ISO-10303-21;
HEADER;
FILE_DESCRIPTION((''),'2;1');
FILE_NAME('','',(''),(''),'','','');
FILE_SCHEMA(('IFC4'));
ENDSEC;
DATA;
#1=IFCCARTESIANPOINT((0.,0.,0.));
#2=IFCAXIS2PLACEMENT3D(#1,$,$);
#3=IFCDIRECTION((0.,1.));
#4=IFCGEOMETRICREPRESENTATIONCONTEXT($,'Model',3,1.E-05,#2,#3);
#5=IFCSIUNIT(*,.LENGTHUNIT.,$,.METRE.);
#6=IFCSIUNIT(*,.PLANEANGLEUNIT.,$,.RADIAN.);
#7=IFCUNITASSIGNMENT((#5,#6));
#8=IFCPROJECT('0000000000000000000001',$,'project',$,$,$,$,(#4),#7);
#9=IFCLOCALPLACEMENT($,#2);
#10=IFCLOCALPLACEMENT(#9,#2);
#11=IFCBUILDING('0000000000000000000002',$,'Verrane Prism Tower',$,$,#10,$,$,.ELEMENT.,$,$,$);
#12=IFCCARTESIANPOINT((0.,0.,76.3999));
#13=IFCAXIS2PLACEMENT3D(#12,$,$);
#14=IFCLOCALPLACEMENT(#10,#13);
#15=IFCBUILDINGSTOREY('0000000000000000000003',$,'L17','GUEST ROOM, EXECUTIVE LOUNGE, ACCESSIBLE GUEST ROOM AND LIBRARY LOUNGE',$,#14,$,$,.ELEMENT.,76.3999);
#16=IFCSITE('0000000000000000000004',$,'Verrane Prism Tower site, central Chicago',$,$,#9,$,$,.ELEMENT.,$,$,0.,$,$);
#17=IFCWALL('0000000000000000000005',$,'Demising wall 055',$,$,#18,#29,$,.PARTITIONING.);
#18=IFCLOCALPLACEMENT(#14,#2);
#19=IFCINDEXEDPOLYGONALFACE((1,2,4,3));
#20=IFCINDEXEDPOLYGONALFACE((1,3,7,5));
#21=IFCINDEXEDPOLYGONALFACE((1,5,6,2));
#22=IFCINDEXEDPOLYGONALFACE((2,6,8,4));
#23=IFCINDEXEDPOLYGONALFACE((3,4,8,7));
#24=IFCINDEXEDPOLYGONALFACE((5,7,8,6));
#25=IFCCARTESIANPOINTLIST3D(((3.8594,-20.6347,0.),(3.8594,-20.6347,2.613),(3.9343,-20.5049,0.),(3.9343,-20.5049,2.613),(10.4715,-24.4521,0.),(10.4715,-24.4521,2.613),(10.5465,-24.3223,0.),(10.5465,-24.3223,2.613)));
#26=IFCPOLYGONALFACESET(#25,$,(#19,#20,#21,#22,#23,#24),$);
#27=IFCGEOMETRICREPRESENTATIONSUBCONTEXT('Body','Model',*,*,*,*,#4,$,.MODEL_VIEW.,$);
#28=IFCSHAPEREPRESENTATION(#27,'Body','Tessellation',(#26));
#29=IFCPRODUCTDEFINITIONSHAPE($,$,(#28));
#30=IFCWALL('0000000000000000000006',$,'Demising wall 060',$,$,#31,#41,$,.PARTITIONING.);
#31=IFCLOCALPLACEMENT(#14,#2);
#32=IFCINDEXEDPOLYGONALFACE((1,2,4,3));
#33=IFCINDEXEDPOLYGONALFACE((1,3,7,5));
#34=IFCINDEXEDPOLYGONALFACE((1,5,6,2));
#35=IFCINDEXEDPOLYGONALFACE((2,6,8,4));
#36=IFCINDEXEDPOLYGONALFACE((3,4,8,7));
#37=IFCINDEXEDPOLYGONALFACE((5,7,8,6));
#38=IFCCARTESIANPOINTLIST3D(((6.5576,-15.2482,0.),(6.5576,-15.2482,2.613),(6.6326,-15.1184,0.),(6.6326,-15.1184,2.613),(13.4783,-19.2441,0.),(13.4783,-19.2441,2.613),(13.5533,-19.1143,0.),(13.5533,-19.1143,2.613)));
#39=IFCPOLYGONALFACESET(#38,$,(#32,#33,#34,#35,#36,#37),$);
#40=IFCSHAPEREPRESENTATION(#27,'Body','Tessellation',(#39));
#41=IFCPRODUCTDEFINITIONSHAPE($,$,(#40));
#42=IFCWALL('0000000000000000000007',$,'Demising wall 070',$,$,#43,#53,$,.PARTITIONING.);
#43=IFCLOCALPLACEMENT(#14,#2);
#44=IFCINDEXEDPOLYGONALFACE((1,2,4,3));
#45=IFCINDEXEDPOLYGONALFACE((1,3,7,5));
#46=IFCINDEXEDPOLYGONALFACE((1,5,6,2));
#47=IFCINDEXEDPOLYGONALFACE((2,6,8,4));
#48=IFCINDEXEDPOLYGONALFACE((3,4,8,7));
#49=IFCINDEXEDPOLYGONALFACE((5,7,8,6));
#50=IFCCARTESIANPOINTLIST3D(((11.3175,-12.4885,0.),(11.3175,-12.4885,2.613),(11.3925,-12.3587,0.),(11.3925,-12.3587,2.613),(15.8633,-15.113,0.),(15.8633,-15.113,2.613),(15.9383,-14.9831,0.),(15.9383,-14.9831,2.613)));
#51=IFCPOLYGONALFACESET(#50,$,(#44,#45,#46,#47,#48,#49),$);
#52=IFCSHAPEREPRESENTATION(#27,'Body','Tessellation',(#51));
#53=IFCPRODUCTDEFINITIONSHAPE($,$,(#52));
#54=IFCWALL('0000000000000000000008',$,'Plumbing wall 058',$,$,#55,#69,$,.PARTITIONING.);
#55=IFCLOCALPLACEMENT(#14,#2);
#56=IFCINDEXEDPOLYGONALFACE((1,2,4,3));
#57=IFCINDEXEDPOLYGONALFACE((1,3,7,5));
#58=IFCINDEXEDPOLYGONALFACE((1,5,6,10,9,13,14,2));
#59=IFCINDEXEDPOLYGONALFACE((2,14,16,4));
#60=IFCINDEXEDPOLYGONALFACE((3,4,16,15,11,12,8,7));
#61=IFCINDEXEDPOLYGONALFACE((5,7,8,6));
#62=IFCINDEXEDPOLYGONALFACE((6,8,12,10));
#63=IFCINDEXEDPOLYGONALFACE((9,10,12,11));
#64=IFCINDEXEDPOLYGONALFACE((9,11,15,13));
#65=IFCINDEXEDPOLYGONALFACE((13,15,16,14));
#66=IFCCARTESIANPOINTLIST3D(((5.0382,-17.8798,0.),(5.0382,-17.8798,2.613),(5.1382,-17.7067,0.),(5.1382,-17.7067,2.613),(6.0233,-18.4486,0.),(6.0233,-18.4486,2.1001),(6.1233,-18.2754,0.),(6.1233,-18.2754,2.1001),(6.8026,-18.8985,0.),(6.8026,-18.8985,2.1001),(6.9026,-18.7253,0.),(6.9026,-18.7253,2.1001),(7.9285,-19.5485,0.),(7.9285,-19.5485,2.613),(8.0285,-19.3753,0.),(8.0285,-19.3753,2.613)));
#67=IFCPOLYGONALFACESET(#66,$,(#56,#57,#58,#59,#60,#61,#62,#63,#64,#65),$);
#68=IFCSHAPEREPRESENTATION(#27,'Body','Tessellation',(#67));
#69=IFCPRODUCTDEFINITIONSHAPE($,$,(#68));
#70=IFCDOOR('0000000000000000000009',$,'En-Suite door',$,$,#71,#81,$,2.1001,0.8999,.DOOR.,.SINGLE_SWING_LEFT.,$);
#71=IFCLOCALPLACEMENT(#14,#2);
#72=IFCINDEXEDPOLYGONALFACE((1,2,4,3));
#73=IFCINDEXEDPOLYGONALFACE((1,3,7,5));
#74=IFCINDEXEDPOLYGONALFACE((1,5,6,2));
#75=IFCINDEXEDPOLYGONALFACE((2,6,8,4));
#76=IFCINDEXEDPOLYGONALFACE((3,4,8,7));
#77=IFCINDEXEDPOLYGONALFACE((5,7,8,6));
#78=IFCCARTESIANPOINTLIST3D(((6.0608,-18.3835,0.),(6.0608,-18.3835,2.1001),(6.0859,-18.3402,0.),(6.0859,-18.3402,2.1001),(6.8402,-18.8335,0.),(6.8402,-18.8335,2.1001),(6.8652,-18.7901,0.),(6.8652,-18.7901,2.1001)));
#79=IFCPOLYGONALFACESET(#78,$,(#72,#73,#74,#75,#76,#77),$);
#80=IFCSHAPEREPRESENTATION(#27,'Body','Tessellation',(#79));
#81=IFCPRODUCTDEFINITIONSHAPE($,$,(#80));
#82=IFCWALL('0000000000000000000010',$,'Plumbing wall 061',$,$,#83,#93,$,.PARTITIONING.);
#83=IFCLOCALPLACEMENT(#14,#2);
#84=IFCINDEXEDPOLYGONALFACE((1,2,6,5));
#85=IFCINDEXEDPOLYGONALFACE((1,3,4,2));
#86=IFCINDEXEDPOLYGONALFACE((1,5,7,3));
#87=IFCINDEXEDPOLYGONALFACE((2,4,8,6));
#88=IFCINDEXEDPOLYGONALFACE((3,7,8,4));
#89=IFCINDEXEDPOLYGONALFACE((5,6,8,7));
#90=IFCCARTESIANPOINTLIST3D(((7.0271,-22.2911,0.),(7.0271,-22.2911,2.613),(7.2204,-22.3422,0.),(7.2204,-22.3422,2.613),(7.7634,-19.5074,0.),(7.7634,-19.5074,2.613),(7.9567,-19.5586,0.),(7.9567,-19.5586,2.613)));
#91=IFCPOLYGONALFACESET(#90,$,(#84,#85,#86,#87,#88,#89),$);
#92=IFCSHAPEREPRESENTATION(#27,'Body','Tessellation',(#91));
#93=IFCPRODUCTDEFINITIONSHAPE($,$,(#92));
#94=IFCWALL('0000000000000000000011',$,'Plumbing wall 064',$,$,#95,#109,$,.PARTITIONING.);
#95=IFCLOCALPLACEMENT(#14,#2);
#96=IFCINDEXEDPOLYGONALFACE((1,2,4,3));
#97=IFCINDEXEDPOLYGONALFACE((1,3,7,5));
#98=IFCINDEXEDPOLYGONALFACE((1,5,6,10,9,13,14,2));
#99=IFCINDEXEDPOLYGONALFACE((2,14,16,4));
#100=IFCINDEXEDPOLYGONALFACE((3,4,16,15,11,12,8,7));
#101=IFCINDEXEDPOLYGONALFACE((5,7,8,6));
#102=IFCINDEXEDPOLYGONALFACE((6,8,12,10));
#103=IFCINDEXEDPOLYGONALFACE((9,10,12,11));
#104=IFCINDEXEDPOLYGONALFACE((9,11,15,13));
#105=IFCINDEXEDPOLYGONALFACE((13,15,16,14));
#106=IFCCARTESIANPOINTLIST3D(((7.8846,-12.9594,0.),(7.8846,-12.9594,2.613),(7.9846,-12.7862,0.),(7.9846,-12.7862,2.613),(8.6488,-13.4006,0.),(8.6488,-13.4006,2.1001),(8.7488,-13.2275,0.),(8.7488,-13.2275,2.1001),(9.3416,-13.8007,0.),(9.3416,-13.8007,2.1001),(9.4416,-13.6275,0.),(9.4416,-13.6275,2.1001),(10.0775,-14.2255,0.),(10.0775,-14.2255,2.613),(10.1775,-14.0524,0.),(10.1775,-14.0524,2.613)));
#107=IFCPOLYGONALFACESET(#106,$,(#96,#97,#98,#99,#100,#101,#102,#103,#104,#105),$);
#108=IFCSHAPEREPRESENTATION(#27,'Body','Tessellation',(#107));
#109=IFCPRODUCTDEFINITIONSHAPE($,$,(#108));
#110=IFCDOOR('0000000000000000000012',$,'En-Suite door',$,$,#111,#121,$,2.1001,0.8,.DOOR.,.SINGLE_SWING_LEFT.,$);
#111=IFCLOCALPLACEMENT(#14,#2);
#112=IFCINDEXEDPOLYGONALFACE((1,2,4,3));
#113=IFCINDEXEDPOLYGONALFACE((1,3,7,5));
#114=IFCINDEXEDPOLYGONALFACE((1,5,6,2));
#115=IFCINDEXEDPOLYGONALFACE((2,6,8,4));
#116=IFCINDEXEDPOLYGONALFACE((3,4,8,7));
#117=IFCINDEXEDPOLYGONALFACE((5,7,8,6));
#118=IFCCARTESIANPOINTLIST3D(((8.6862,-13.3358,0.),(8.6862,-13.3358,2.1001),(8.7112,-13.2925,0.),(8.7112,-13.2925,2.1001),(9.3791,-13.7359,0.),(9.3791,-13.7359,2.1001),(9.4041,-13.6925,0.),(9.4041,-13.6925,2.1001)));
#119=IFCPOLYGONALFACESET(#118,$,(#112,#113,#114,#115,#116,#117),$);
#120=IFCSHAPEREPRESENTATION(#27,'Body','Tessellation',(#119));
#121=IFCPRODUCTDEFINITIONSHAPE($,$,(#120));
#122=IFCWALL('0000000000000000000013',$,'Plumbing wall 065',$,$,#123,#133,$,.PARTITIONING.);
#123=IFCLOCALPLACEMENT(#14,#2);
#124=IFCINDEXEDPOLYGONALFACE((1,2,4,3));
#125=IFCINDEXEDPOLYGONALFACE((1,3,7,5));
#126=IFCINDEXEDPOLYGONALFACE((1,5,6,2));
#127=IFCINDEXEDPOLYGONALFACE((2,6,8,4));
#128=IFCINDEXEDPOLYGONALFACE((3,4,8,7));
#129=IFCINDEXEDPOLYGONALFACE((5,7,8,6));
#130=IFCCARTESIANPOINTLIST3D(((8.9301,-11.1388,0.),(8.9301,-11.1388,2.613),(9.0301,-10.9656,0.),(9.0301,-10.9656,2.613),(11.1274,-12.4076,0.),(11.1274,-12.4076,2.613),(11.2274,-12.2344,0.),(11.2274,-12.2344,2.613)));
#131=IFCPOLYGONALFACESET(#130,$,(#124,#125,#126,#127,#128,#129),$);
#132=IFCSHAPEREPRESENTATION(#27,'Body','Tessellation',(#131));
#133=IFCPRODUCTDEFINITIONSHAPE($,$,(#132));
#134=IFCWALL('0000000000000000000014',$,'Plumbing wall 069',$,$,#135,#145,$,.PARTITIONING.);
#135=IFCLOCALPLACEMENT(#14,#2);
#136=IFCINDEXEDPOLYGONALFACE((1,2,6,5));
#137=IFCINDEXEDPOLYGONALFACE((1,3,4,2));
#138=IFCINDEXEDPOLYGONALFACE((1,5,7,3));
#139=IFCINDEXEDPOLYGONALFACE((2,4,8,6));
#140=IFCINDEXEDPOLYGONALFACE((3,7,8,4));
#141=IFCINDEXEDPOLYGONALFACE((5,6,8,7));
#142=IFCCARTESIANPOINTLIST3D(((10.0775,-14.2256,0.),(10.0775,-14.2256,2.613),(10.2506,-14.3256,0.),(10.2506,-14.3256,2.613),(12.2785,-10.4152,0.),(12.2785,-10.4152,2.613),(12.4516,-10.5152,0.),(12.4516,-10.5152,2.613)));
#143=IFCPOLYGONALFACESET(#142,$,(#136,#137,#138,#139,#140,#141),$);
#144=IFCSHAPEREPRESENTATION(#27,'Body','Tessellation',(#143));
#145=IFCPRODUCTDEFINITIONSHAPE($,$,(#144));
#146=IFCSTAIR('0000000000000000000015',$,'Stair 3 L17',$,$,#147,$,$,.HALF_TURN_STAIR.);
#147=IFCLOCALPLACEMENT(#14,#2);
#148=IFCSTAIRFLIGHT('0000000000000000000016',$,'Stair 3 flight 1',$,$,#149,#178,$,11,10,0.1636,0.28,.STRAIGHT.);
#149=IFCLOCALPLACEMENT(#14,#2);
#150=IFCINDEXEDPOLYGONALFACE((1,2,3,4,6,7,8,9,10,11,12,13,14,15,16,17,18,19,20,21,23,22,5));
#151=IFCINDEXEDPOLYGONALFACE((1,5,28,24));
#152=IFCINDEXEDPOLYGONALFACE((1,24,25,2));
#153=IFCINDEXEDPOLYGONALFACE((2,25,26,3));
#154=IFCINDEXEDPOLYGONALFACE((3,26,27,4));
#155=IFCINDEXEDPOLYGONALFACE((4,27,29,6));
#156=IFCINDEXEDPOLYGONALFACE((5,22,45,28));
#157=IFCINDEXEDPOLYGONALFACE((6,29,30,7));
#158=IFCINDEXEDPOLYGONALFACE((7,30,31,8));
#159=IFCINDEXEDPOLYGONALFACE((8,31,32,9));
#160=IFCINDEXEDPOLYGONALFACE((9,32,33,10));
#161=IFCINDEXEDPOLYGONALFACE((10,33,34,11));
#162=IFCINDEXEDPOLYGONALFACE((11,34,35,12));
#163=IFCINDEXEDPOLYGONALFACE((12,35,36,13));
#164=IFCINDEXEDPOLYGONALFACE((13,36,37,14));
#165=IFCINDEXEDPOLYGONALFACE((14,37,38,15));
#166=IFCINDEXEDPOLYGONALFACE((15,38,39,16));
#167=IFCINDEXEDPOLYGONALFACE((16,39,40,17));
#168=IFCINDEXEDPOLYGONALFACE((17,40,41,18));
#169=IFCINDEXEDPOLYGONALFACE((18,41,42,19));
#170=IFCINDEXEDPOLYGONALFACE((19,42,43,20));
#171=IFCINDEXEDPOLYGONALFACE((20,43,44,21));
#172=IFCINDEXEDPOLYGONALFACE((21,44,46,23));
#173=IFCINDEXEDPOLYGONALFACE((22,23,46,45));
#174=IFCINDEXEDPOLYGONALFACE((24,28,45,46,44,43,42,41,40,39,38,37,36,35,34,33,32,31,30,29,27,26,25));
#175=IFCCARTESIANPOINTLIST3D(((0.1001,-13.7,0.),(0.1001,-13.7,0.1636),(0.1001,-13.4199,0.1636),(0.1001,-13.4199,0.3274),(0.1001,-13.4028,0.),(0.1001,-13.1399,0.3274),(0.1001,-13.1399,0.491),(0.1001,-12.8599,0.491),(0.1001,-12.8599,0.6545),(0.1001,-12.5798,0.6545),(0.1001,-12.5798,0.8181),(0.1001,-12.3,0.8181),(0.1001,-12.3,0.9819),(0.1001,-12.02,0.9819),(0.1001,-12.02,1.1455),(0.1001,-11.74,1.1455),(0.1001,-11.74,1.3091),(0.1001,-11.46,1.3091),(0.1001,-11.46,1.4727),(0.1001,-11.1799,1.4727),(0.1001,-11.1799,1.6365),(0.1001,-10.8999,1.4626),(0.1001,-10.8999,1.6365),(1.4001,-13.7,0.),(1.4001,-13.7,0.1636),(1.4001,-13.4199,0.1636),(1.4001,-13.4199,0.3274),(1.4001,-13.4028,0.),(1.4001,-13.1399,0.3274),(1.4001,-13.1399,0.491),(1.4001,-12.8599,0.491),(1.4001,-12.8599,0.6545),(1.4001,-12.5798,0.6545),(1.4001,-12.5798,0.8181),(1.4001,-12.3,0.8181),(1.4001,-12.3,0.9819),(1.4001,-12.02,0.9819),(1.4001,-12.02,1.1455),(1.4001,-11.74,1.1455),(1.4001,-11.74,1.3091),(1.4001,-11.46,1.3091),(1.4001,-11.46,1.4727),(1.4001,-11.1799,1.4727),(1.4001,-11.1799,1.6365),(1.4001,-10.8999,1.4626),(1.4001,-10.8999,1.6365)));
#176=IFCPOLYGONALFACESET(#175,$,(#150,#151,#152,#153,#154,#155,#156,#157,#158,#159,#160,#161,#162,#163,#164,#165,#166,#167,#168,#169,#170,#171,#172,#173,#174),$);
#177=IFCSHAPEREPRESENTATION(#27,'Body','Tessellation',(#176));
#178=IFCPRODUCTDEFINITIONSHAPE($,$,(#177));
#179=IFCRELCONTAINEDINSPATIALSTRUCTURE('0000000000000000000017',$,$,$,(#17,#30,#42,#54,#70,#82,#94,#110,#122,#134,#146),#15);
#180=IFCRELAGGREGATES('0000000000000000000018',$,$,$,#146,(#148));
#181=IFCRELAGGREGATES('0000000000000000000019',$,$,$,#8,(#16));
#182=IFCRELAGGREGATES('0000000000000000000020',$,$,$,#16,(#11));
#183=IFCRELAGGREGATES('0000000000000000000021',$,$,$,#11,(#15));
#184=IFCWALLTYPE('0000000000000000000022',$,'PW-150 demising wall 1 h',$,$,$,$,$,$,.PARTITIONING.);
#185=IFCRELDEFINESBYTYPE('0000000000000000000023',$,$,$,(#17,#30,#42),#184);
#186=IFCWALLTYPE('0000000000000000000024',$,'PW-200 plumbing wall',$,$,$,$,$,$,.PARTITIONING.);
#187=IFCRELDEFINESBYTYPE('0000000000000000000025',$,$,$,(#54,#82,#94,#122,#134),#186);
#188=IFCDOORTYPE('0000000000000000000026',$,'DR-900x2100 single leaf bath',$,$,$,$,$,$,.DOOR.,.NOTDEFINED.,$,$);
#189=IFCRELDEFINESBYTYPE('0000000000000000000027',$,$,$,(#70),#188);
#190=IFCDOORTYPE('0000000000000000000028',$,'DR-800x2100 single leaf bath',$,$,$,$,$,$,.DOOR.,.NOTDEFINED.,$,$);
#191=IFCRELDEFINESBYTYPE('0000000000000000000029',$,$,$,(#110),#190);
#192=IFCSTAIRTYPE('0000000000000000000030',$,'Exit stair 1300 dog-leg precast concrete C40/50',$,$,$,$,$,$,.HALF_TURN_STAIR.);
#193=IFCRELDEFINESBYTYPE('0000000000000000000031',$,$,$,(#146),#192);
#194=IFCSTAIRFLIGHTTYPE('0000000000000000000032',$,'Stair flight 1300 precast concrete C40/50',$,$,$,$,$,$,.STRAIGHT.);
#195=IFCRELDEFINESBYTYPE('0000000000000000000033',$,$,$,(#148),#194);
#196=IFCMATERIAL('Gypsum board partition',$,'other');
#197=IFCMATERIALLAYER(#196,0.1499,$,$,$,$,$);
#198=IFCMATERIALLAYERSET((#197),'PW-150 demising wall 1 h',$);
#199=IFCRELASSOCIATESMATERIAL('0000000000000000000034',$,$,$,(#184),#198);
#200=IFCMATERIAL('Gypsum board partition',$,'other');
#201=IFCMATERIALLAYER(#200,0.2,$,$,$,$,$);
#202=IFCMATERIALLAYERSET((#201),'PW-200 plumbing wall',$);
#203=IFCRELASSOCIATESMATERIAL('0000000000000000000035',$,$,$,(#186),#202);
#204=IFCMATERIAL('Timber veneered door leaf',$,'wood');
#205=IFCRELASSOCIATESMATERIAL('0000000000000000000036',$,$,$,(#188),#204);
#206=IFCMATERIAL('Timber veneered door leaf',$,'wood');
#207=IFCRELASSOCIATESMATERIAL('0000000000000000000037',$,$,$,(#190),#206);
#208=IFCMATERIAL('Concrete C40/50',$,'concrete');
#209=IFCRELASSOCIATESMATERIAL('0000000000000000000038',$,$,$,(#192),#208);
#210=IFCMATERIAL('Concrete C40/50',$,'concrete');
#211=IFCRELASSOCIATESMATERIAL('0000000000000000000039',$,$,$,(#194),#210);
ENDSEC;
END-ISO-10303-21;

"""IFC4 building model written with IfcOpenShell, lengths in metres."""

from ifc_helpers import new_model, si_unit, direction, frame, frame_2d, origin, place, context, subcontext, project, spatial, polyline, rectangle, outline, extrude, material, layer, layer_set, type_object, element, fill, aggregate, save


model = new_model("IFC4")

# Units and contexts
model_context = context("Model", 3, precision=1e-05, world=origin(), true_north=direction((0.0, 1.0)))
body_context = subcontext(model_context, "Body", "Model", "MODEL_VIEW")
ifc_project = project(units=[si_unit("LENGTHUNIT", "METRE"), si_unit("PLANEANGLEUNIT", "RADIAN")], contexts=[model_context])

# Site, building, storey
site_placement = place(None, origin())
site = spatial("IfcSite", under=ifc_project, at=site_placement, Name="Verrane Prism Tower site, central Chicago", CompositionType="ELEMENT", RefElevation=0.0)
building_placement = place(site_placement, origin())
building = spatial("IfcBuilding", under=site, at=building_placement, Name="Verrane Prism Tower", CompositionType="ELEMENT")
storey_placement = place(building_placement, frame((0.0, 0.0, 76.3999)))
storey = spatial("IfcBuildingStorey", under=building, at=storey_placement, Name="L17", Description="GUEST ROOM, EXECUTIVE LOUNGE, ACCESSIBLE GUEST ROOM AND LIBRARY LOUNGE", CompositionType="ELEMENT", Elevation=76.3999)

# Walls
ifc_material_1 = material(Name="Gypsum board partition", Category="other")
ifc_layer_1 = layer(ifc_material_1, 0.1499)
ifc_layer_set_1 = layer_set([ifc_layer_1], Name="PW-150 demising wall 1 h")
wall_type_1 = type_object("IfcWallType", Name="PW-150 demising wall 1 h", PredefinedType="PARTITIONING", material=ifc_layer_set_1)
wall_1_placement = place(storey_placement, frame((3.897, -20.5698, 0.0), z_axis=(0.0, 0.0, 1.0), x_axis=(0.866031, -0.499991, 0.0)))
element("IfcWall", 1, at=wall_1_placement, inside=storey, type_object=wall_type_1, Name="Demising wall 055", PredefinedType="PARTITIONING", context=body_context, shape_type="SweptSolid", body=[
    extrude(rectangle(XDim=7.635, YDim=0.1499, at=frame_2d((3.8174, 0.0))), origin(), (0.0, 0.0, 1.0), 2.613),
])
wall_2_placement = place(storey_placement, frame((6.5952, -15.1833, 0.0), z_axis=(0.0, 0.0, 1.0), x_axis=(0.866014, -0.50002, 0.0)))
element("IfcWall", 2, at=wall_2_placement, inside=storey, type_object=wall_type_1, Name="Demising wall 060", PredefinedType="PARTITIONING", context=body_context, shape_type="SweptSolid", body=[
    extrude(rectangle(XDim=7.9915, YDim=0.1499, at=frame_2d((3.9956, 0.0))), origin(), (0.0, 0.0, 1.0), 2.613),
])
wall_3_placement = place(storey_placement, frame((11.355, -12.4236, 0.0), z_axis=(0.0, 0.0, 1.0), x_axis=(0.866031, -0.499991, 0.0)))
element("IfcWall", 3, at=wall_3_placement, inside=storey, type_object=wall_type_1, Name="Demising wall 070", PredefinedType="PARTITIONING", context=body_context, shape_type="SweptSolid", body=[
    extrude(rectangle(XDim=5.249, YDim=0.1499, at=frame_2d((2.6245, 0.0))), origin(), (0.0, 0.0, 1.0), 2.613),
])

# Wall, opening, door
ifc_material_2 = material(Name="Gypsum board partition", Category="other")
ifc_layer_2 = layer(ifc_material_2, 0.2)
ifc_layer_set_2 = layer_set([ifc_layer_2], Name="PW-200 plumbing wall")
wall_type_2 = type_object("IfcWallType", Name="PW-200 plumbing wall", PredefinedType="PARTITIONING", material=ifc_layer_set_2)
wall_4_placement = place(storey_placement, frame((7.9785, -19.4619, 0.0), z_axis=(0.0, 0.0, 1.0), x_axis=(-0.866033, 0.499986, 0.0)))
wall_4 = element("IfcWall", 4, at=wall_4_placement, inside=storey, type_object=wall_type_2, Name="Plumbing wall 058", PredefinedType="PARTITIONING", context=body_context, shape_type="SweptSolid", body=[
    extrude(rectangle(XDim=3.3374, YDim=0.2, at=frame_2d((1.6687, 0.0))), origin(), (0.0, 0.0, 1.0), 2.613),
])
opening_1_placement = place(wall_4_placement, frame((1.3, 0.0, 0.0)))
opening_1 = element("IfcOpeningElement", 5, at=opening_1_placement, cuts=wall_4, PredefinedType="OPENING", context=body_context, shape_type="SweptSolid", body=[
    extrude(rectangle(XDim=0.8999, YDim=2.1001, at=frame_2d((0.45, 1.05))), frame((0.0, 0.1099, 0.0), z_axis=(0.0, -1.0, 0.0), x_axis=(1.0, 0.0, 0.0)), (0.0, 0.0, 1.0), 0.22),
])
ifc_material_3 = material(Name="Timber veneered door leaf", Category="wood")
door_type_1 = type_object("IfcDoorType", Name="DR-900x2100 single leaf bath", OperationType="NOTDEFINED", PredefinedType="DOOR", material=ifc_material_3)
door_1_placement = place(opening_1_placement, origin())
door_1 = element("IfcDoor", 6, at=door_1_placement, inside=storey, type_object=door_type_1, Name="En-Suite door", OperationType="SINGLE_SWING_LEFT", OverallHeight=2.1001, OverallWidth=0.8999, PredefinedType="DOOR", context=body_context, shape_type="SweptSolid", body=[
    extrude(rectangle(XDim=0.8999, YDim=2.1001, at=frame_2d((0.45, 1.05))), frame((0.0, 0.0249, 0.0), z_axis=(0.0, -1.0, 0.0), x_axis=(1.0, 0.0, 0.0)), (0.0, 0.0, 1.0), 0.05),
])
fill(opening_1, door_1)

# Wall
wall_5_placement = place(storey_placement, frame((7.1238, -22.3167, 0.0), z_axis=(0.0, 0.0, 1.0), x_axis=(0.25572, 0.966751, 0.0)))
element("IfcWall", 7, at=wall_5_placement, inside=storey, type_object=wall_type_2, Name="Plumbing wall 061", PredefinedType="PARTITIONING", context=body_context, shape_type="SweptSolid", body=[
    extrude(rectangle(XDim=2.8794, YDim=0.2, at=frame_2d((1.4397, 0.0))), origin(), (0.0, 0.0, 1.0), 2.613),
])

# Wall, opening, door
wall_6_placement = place(storey_placement, frame((7.9346, -12.8728, 0.0), z_axis=(0.0, 0.0, 1.0), x_axis=(0.866015, -0.500017, 0.0)))
wall_6 = element("IfcWall", 8, at=wall_6_placement, inside=storey, type_object=wall_type_2, Name="Plumbing wall 064", PredefinedType="PARTITIONING", context=body_context, shape_type="SweptSolid", body=[
    extrude(rectangle(XDim=2.5322, YDim=0.2, at=frame_2d((1.2661, 0.0))), origin(), (0.0, 0.0, 1.0), 2.613),
])
opening_2_placement = place(wall_6_placement, frame((0.8826, 0.0, 0.0)))
opening_2 = element("IfcOpeningElement", 9, at=opening_2_placement, cuts=wall_6, PredefinedType="OPENING", context=body_context, shape_type="SweptSolid", body=[
    extrude(rectangle(XDim=0.8, YDim=2.1001, at=frame_2d((0.3999, 1.05))), frame((0.0, 0.1099, 0.0), z_axis=(0.0, -1.0, 0.0), x_axis=(1.0, 0.0, 0.0)), (0.0, 0.0, 1.0), 0.22),
])
ifc_material_4 = material(Name="Timber veneered door leaf", Category="wood")
door_type_2 = type_object("IfcDoorType", Name="DR-800x2100 single leaf bath", OperationType="NOTDEFINED", PredefinedType="DOOR", material=ifc_material_4)
door_2_placement = place(opening_2_placement, origin())
door_2 = element("IfcDoor", 10, at=door_2_placement, inside=storey, type_object=door_type_2, Name="En-Suite door", OperationType="SINGLE_SWING_LEFT", OverallHeight=2.1001, OverallWidth=0.8, PredefinedType="DOOR", context=body_context, shape_type="SweptSolid", body=[
    extrude(rectangle(XDim=0.8, YDim=2.1001, at=frame_2d((0.3999, 1.05))), frame((0.0, 0.0249, 0.0), z_axis=(0.0, -1.0, 0.0), x_axis=(1.0, 0.0, 0.0)), (0.0, 0.0, 1.0), 0.05),
])
fill(opening_2, door_2)

# Walls
wall_7_placement = place(storey_placement, frame((8.9802, -11.0522, 0.0), z_axis=(0.0, 0.0, 1.0), x_axis=(0.86599, -0.500061, 0.0)))
element("IfcWall", 11, at=wall_7_placement, inside=storey, type_object=wall_type_2, Name="Plumbing wall 065", PredefinedType="PARTITIONING", context=body_context, shape_type="SweptSolid", body=[
    extrude(rectangle(XDim=2.5374, YDim=0.2, at=frame_2d((1.2686, 0.0))), origin(), (0.0, 0.0, 1.0), 2.613),
])
wall_8_placement = place(storey_placement, frame((10.1641, -14.2756, 0.0), z_axis=(0.0, 0.0, 1.0), x_axis=(0.500179, 0.865922, 0.0)))
element("IfcWall", 12, at=wall_8_placement, inside=storey, type_object=wall_type_2, Name="Plumbing wall 069", PredefinedType="PARTITIONING", context=body_context, shape_type="SweptSolid", body=[
    extrude(rectangle(XDim=4.4004, YDim=0.2, at=frame_2d((2.2002, 0.0))), origin(), (0.0, 0.0, 1.0), 2.613),
])

# Stair, stair flight
ifc_material_5 = material(Name="Concrete C40/50", Category="concrete")
stair_type = type_object("IfcStairType", Name="Exit stair 1300 dog-leg precast concrete C40/50", PredefinedType="HALF_TURN_STAIR", material=ifc_material_5)
stair_placement = place(storey_placement, origin())
stair = element("IfcStair", 13, at=stair_placement, inside=storey, type_object=stair_type, Name="Stair 3 L17", PredefinedType="HALF_TURN_STAIR")
ifc_material_6 = material(Name="Concrete C40/50", Category="concrete")
stair_flight_type = type_object("IfcStairFlightType", Name="Stair flight 1300 precast concrete C40/50", PredefinedType="STRAIGHT", material=ifc_material_6)
stair_flight_placement = place(storey_placement, frame((0.75, -13.7, 0.0), z_axis=(0.0, 0.0, 1.0), x_axis=(0.0, 1.0, 0.0)))
stair_flight = element("IfcStairFlight", 14, at=stair_flight_placement, type_object=stair_flight_type, Name="Stair 3 flight 1", NumberOfRisers=11, NumberOfTreads=10, PredefinedType="STRAIGHT", RiserHeight=0.1636, TreadLength=0.28, context=body_context, shape_type="SweptSolid", body=[
    extrude(outline(polyline([(0.0, 0.0), (0.0, 0.1636), (0.28, 0.1636), (0.28, 0.3274), (0.5601, 0.3274), (0.5601, 0.491), (0.8401, 0.491), (0.8401, 0.6545), (1.1201, 0.6545), (1.1201, 0.8181), (1.3999, 0.8181), (1.3999, 0.9819), (1.6799, 0.9819), (1.6799, 1.1455), (1.96, 1.1455), (1.96, 1.3091), (2.24, 1.3091), (2.24, 1.4727), (2.52, 1.4727), (2.52, 1.6365), (2.8, 1.6365), (2.8, 1.8), (2.8, 1.4626), (0.2971, 0.0), (0.0, 0.0)])), frame((0.0, 0.6499, 0.0), z_axis=(0.0, -1.0, 0.0), x_axis=(1.0, 0.0, 0.0)), (0.0, 0.0, 1.0), 1.3),
])
aggregate(stair, [stair_flight])

save(model, "model.ifc")
